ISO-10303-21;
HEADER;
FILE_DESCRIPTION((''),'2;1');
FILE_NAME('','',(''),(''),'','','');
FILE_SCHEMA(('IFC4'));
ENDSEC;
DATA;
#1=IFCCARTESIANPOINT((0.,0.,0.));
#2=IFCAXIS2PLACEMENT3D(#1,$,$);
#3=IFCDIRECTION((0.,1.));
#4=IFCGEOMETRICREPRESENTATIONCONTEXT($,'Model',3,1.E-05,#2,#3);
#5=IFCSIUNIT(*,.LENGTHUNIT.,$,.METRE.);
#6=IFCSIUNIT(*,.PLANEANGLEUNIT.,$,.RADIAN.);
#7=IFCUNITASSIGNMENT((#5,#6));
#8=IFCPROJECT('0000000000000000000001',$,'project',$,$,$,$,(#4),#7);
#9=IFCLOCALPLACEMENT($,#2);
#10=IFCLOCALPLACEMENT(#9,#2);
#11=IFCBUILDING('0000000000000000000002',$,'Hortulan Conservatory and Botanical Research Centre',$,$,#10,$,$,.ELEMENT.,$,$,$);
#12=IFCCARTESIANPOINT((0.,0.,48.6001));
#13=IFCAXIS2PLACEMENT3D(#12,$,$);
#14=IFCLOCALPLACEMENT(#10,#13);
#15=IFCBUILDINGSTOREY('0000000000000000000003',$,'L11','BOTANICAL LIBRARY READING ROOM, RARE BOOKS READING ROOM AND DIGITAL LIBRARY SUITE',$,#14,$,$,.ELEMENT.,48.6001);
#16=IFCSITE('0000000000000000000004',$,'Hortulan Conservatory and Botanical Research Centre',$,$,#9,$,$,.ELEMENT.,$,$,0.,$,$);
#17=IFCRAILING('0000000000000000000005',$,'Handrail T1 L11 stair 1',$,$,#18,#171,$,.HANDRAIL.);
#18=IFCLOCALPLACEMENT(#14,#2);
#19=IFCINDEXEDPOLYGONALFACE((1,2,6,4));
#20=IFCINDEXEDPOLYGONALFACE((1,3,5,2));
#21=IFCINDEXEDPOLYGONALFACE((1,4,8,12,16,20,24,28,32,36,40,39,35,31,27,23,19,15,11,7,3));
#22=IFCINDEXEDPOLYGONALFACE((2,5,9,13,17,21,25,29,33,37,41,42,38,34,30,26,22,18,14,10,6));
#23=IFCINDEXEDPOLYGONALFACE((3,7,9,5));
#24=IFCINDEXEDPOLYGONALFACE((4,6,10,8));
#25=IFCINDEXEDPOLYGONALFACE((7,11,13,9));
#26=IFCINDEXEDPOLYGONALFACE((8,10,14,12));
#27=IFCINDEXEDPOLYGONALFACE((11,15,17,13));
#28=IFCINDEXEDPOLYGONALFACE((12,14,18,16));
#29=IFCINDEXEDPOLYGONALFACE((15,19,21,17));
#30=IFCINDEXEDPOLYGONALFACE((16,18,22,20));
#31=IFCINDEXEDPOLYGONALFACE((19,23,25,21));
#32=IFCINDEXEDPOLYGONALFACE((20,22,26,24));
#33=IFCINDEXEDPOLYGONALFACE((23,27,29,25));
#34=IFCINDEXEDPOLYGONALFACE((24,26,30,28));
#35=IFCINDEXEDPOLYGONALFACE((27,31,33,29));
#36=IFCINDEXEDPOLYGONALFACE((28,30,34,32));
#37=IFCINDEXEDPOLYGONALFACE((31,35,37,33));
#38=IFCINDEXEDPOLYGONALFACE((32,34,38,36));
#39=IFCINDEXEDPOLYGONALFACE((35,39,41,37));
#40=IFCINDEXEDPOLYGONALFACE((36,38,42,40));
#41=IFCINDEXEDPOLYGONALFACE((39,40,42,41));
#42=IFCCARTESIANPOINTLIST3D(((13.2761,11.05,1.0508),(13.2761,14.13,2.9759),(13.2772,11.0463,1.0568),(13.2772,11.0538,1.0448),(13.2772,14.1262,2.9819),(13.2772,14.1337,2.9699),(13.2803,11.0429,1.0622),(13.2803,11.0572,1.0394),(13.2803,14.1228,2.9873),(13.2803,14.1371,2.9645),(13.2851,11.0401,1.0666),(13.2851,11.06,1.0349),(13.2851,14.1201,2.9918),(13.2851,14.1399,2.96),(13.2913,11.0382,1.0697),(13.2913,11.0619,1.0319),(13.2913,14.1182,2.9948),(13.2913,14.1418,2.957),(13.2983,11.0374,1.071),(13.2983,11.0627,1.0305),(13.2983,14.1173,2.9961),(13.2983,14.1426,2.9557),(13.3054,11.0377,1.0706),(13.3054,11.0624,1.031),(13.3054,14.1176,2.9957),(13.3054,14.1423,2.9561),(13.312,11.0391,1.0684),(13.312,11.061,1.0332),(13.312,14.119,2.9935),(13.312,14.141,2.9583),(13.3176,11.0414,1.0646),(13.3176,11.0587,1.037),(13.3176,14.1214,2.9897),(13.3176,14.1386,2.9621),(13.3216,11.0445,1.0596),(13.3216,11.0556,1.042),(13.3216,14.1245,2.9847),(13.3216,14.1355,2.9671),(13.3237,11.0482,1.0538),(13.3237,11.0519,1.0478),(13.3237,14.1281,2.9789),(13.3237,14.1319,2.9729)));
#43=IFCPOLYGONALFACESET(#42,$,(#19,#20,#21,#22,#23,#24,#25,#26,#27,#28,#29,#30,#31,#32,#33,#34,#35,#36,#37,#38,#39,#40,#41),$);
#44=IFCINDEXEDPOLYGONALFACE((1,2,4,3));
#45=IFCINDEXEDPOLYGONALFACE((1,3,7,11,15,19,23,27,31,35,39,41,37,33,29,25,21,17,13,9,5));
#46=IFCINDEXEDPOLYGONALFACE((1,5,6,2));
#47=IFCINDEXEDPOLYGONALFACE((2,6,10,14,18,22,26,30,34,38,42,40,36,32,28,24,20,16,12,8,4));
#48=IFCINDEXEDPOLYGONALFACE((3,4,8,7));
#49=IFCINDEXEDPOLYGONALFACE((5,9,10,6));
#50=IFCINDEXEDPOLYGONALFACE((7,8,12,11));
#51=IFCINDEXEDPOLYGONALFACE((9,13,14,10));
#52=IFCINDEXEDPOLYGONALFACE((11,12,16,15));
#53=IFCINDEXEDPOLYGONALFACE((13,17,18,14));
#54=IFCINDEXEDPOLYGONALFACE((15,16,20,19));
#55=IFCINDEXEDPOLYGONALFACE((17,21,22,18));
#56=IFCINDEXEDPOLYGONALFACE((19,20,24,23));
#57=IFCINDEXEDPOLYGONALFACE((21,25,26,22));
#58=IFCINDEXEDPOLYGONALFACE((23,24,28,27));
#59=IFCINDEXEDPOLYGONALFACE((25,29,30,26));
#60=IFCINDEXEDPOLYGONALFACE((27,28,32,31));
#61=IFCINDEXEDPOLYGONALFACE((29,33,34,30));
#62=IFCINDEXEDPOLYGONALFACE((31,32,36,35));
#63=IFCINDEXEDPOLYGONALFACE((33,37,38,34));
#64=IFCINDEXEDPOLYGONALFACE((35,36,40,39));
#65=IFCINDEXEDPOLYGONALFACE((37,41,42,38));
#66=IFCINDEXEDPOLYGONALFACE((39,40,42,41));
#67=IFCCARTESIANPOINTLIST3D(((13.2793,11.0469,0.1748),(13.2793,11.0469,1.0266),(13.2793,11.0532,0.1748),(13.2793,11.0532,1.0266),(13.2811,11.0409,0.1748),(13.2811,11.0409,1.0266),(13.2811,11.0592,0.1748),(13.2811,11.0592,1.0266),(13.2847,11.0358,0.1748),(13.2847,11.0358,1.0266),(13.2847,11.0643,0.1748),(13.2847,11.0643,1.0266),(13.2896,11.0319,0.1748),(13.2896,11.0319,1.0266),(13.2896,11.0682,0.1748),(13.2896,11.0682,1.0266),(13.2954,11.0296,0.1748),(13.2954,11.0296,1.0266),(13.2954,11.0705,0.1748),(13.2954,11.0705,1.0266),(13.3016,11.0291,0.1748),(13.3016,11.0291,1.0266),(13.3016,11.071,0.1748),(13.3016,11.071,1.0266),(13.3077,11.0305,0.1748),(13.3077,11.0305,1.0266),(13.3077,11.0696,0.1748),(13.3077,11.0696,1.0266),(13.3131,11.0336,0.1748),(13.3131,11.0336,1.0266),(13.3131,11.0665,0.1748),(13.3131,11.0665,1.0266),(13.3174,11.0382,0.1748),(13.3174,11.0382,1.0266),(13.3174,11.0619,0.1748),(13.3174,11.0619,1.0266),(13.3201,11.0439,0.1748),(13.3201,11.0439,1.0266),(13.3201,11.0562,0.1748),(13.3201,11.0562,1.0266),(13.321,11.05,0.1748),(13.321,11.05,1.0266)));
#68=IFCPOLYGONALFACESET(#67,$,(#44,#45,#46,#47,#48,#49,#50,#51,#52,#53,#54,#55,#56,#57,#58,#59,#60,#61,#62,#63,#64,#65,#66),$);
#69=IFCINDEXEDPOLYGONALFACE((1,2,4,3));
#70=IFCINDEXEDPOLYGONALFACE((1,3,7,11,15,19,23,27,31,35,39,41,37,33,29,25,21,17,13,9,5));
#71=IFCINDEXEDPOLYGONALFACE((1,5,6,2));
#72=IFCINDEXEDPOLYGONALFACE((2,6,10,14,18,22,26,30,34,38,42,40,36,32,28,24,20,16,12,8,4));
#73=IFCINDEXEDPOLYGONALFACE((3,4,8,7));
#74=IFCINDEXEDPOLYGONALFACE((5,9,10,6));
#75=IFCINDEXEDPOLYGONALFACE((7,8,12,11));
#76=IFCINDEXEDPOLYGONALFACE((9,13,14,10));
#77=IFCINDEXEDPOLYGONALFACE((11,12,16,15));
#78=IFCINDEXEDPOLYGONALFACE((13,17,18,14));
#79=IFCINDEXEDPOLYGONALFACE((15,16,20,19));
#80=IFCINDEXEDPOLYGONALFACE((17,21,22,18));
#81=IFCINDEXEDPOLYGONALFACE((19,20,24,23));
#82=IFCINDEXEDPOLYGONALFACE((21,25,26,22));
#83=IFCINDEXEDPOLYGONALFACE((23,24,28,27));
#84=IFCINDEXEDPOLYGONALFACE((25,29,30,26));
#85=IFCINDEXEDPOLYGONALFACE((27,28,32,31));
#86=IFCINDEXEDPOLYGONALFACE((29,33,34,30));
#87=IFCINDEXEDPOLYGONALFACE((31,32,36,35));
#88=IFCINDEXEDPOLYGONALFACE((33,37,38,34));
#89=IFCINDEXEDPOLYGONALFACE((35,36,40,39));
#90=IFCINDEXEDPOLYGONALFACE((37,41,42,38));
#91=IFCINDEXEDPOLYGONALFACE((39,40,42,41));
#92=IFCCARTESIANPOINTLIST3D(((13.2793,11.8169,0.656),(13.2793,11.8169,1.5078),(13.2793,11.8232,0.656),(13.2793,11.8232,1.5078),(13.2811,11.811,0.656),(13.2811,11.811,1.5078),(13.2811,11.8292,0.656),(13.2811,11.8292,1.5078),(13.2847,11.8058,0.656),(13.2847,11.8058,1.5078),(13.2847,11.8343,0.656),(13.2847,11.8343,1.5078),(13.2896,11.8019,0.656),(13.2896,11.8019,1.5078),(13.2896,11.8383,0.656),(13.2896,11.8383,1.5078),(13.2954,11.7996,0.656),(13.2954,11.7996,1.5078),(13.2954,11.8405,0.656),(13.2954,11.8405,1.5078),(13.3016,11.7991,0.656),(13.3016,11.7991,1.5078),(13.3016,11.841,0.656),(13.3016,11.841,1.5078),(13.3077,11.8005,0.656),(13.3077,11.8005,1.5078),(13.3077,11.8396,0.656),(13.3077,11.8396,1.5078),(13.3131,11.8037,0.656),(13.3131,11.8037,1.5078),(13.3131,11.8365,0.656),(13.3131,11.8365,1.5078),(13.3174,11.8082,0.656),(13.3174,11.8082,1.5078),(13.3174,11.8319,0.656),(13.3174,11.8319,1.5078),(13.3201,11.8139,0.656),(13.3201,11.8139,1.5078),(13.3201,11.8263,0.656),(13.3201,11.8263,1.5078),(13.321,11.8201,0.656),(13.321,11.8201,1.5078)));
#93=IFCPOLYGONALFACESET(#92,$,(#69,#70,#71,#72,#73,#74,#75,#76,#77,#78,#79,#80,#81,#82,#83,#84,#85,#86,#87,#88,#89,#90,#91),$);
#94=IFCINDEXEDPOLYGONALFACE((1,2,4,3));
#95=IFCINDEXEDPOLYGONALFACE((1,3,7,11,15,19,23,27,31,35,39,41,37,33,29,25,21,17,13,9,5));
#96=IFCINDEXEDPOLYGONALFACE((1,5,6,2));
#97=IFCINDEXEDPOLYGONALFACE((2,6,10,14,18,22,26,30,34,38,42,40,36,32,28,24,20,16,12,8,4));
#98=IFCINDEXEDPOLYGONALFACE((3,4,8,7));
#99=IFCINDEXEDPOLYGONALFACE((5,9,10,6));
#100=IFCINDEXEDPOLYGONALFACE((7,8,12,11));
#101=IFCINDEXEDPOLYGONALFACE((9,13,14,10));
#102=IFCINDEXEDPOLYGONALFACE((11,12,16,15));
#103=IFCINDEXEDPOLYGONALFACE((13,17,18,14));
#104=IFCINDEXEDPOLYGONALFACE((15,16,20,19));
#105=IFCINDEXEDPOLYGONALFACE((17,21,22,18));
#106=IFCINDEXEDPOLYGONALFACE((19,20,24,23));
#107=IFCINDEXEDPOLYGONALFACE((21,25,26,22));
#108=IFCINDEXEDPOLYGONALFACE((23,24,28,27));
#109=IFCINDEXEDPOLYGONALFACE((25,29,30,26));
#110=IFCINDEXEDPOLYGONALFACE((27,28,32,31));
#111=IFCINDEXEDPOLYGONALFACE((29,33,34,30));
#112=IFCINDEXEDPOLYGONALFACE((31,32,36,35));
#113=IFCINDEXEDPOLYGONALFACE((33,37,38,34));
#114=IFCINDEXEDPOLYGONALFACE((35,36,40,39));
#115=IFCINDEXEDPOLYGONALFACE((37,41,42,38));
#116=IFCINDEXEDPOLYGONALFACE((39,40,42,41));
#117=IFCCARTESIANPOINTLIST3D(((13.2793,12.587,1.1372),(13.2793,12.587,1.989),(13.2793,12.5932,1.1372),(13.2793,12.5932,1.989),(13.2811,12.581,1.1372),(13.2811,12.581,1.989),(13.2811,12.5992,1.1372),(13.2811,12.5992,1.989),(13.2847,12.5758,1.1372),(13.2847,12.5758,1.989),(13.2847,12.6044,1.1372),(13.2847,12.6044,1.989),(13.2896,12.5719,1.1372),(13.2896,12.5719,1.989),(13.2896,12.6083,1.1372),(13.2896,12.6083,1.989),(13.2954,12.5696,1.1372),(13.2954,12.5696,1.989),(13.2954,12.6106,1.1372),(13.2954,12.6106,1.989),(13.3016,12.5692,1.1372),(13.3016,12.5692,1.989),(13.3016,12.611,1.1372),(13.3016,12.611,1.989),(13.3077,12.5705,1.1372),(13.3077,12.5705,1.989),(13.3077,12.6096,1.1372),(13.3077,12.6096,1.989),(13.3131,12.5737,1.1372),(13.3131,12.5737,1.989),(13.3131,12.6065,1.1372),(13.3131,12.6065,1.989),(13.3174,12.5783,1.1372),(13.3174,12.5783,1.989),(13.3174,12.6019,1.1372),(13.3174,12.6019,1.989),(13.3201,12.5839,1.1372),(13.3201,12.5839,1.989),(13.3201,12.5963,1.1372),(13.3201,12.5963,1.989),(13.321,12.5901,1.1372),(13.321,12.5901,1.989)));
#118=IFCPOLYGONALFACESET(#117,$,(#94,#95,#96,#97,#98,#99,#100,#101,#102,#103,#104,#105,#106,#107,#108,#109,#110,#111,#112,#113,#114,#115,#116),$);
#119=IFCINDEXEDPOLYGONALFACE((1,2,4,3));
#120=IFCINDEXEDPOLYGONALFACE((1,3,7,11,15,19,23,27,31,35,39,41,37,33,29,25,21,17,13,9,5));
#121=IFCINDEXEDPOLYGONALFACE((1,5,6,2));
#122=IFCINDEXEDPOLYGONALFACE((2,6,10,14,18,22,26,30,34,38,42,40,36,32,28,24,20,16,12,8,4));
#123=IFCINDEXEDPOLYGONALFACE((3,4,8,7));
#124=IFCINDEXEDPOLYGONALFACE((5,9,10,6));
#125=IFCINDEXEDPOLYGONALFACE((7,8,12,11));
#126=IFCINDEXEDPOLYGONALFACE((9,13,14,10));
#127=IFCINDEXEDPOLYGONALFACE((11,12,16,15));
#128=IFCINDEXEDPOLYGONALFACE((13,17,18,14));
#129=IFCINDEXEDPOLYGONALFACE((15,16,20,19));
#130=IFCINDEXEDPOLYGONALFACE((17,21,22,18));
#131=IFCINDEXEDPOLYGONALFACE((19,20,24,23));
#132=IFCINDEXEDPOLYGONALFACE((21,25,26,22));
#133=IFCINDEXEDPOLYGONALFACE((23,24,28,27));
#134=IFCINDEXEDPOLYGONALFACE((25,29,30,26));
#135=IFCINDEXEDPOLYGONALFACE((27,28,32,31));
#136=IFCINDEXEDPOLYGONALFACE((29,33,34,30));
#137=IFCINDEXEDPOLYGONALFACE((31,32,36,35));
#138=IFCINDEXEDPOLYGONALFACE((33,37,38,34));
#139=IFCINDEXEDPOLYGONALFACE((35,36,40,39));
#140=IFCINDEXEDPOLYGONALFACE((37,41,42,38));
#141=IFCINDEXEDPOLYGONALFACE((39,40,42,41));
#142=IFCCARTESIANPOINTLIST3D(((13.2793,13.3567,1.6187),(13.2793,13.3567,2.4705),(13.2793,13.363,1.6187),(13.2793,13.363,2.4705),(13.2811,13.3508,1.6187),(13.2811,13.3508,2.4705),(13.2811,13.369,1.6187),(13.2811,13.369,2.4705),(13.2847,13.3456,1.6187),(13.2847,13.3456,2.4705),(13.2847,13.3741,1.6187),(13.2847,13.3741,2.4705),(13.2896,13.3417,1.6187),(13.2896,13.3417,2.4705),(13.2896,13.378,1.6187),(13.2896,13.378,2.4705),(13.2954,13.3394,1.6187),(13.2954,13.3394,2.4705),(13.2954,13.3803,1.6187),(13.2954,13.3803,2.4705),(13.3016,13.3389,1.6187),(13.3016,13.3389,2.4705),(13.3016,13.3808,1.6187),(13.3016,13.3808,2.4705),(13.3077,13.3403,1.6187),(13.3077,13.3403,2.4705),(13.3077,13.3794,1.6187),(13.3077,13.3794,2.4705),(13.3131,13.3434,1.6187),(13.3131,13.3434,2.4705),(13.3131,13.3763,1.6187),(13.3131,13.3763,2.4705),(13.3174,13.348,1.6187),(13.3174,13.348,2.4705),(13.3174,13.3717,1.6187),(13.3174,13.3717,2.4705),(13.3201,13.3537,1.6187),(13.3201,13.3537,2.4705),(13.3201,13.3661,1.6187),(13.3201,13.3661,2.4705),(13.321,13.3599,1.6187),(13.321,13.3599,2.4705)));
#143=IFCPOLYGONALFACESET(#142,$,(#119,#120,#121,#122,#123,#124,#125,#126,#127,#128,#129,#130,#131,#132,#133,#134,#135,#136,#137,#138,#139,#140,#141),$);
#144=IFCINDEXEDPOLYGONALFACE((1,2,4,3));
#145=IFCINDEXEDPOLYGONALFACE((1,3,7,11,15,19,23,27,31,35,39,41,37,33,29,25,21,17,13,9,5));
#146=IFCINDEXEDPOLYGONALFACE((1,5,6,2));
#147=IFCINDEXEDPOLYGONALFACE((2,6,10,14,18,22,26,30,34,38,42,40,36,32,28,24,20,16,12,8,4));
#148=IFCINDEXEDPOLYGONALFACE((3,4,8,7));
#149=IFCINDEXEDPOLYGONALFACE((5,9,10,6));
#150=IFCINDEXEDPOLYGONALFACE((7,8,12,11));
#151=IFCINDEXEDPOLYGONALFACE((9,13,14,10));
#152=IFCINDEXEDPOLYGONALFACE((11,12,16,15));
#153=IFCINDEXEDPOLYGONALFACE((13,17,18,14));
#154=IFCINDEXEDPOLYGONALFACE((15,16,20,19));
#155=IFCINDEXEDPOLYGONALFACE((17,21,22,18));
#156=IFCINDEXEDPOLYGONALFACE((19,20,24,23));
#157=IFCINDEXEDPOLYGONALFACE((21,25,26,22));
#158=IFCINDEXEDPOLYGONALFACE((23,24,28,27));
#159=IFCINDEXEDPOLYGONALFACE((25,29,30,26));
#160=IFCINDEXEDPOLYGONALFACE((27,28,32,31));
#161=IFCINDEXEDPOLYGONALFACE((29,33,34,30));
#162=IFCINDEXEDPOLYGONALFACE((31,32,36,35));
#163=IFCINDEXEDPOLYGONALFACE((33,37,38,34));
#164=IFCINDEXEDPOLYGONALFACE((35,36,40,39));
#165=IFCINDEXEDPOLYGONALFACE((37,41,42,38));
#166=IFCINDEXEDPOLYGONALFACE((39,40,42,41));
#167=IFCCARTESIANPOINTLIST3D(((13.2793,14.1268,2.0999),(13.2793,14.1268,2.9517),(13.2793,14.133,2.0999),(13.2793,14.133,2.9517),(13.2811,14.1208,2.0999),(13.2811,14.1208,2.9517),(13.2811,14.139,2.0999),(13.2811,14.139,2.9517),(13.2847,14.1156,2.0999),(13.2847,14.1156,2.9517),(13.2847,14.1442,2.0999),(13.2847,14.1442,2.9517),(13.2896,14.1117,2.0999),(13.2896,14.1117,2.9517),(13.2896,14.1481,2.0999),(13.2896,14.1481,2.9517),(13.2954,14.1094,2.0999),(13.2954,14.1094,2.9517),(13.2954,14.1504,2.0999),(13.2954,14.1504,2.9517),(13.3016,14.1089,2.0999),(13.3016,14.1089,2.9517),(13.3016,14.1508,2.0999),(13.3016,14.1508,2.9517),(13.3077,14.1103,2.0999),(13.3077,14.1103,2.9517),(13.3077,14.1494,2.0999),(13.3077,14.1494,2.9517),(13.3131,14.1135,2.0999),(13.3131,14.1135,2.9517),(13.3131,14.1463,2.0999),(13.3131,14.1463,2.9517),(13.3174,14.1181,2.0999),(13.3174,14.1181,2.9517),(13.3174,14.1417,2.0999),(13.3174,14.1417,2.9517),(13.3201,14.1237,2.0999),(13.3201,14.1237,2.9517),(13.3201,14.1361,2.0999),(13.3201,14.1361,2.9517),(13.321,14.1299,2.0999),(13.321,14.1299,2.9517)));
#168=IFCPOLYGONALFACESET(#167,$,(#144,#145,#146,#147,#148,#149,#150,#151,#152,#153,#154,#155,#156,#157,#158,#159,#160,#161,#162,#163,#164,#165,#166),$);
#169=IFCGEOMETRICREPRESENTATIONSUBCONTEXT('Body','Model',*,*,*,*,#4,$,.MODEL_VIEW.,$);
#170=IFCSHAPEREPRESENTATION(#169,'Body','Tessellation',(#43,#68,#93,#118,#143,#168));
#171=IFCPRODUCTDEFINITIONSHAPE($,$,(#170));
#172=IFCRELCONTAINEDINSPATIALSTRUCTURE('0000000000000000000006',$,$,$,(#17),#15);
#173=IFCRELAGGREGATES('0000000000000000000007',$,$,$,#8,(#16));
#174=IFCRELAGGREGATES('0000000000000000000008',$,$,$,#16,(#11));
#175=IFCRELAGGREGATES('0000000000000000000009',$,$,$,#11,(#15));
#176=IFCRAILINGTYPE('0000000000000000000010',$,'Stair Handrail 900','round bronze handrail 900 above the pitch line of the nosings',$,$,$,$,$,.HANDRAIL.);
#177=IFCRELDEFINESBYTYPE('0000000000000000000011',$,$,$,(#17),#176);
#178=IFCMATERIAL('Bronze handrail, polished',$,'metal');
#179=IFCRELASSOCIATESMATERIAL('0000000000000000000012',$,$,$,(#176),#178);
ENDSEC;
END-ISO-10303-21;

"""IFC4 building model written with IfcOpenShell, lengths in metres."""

from ifc_helpers import new_model, si_unit, direction, frame, origin, origin_2d, place, context, subcontext, project, spatial, circle, extrude, material, type_object, element, save


model = new_model("IFC4")

# Units and contexts
model_context = context("Model", 3, precision=1e-05, world=origin(), true_north=direction((0.0, 1.0)))
body_context = subcontext(model_context, "Body", "Model", "MODEL_VIEW")
ifc_project = project(units=[si_unit("LENGTHUNIT", "METRE"), si_unit("PLANEANGLEUNIT", "RADIAN")], contexts=[model_context])

# Site, building, storey
site_placement = place(None, origin())
site = spatial("IfcSite", under=ifc_project, at=site_placement, Name="Hortulan Conservatory and Botanical Research Centre", CompositionType="ELEMENT", RefElevation=0.0)
building_placement = place(site_placement, origin())
building = spatial("IfcBuilding", under=site, at=building_placement, Name="Hortulan Conservatory and Botanical Research Centre", CompositionType="ELEMENT")
storey_placement = place(building_placement, frame((0.0, 0.0, 48.6001)))
storey = spatial("IfcBuildingStorey", under=building, at=storey_placement, Name="L11", Description="BOTANICAL LIBRARY READING ROOM, RARE BOOKS READING ROOM AND DIGITAL LIBRARY SUITE", CompositionType="ELEMENT", Elevation=48.6001)

# Railing
ifc_material_1 = material(Name="Bronze handrail, polished", Category="metal")
railing_type_1 = type_object("IfcRailingType", Name="Stair Handrail 900", Description="round bronze handrail 900 above the pitch line of the nosings", PredefinedType="HANDRAIL", material=ifc_material_1)
railing_1_placement = place(storey_placement, frame((13.3, 11.05, 0.1748)))
element("IfcRailing", 1, at=railing_1_placement, inside=storey, type_object=railing_type_1, Name="Handrail T1 L11 stair 1", PredefinedType="HANDRAIL", context=body_context, shape_type="SweptSolid", body=[
    extrude(circle(Radius=0.0239, at=origin_2d()), frame((0.0, 0.0, 0.876), z_axis=(0.0, 0.847979, 0.530029), x_axis=(-1.0, 0.0, 0.0)), (0.0, 0.0, 1.0), 3.6321),
    extrude(circle(Radius=0.021, at=origin_2d()), origin(), (0.0, 0.0, 1.0), 0.8518),
    extrude(circle(Radius=0.021, at=origin_2d()), frame((0.0, 0.77, 0.4812)), (0.0, 0.0, 1.0), 0.8518),
    extrude(circle(Radius=0.021, at=origin_2d()), frame((0.0, 1.54, 0.9624)), (0.0, 0.0, 1.0), 0.8518),
    extrude(circle(Radius=0.021, at=origin_2d()), frame((0.0, 2.3098, 1.4438)), (0.0, 0.0, 1.0), 0.8518),
    extrude(circle(Radius=0.021, at=origin_2d()), frame((0.0, 3.0798, 1.925)), (0.0, 0.0, 1.0), 0.8518),
])

save(model, "model.ifc")
